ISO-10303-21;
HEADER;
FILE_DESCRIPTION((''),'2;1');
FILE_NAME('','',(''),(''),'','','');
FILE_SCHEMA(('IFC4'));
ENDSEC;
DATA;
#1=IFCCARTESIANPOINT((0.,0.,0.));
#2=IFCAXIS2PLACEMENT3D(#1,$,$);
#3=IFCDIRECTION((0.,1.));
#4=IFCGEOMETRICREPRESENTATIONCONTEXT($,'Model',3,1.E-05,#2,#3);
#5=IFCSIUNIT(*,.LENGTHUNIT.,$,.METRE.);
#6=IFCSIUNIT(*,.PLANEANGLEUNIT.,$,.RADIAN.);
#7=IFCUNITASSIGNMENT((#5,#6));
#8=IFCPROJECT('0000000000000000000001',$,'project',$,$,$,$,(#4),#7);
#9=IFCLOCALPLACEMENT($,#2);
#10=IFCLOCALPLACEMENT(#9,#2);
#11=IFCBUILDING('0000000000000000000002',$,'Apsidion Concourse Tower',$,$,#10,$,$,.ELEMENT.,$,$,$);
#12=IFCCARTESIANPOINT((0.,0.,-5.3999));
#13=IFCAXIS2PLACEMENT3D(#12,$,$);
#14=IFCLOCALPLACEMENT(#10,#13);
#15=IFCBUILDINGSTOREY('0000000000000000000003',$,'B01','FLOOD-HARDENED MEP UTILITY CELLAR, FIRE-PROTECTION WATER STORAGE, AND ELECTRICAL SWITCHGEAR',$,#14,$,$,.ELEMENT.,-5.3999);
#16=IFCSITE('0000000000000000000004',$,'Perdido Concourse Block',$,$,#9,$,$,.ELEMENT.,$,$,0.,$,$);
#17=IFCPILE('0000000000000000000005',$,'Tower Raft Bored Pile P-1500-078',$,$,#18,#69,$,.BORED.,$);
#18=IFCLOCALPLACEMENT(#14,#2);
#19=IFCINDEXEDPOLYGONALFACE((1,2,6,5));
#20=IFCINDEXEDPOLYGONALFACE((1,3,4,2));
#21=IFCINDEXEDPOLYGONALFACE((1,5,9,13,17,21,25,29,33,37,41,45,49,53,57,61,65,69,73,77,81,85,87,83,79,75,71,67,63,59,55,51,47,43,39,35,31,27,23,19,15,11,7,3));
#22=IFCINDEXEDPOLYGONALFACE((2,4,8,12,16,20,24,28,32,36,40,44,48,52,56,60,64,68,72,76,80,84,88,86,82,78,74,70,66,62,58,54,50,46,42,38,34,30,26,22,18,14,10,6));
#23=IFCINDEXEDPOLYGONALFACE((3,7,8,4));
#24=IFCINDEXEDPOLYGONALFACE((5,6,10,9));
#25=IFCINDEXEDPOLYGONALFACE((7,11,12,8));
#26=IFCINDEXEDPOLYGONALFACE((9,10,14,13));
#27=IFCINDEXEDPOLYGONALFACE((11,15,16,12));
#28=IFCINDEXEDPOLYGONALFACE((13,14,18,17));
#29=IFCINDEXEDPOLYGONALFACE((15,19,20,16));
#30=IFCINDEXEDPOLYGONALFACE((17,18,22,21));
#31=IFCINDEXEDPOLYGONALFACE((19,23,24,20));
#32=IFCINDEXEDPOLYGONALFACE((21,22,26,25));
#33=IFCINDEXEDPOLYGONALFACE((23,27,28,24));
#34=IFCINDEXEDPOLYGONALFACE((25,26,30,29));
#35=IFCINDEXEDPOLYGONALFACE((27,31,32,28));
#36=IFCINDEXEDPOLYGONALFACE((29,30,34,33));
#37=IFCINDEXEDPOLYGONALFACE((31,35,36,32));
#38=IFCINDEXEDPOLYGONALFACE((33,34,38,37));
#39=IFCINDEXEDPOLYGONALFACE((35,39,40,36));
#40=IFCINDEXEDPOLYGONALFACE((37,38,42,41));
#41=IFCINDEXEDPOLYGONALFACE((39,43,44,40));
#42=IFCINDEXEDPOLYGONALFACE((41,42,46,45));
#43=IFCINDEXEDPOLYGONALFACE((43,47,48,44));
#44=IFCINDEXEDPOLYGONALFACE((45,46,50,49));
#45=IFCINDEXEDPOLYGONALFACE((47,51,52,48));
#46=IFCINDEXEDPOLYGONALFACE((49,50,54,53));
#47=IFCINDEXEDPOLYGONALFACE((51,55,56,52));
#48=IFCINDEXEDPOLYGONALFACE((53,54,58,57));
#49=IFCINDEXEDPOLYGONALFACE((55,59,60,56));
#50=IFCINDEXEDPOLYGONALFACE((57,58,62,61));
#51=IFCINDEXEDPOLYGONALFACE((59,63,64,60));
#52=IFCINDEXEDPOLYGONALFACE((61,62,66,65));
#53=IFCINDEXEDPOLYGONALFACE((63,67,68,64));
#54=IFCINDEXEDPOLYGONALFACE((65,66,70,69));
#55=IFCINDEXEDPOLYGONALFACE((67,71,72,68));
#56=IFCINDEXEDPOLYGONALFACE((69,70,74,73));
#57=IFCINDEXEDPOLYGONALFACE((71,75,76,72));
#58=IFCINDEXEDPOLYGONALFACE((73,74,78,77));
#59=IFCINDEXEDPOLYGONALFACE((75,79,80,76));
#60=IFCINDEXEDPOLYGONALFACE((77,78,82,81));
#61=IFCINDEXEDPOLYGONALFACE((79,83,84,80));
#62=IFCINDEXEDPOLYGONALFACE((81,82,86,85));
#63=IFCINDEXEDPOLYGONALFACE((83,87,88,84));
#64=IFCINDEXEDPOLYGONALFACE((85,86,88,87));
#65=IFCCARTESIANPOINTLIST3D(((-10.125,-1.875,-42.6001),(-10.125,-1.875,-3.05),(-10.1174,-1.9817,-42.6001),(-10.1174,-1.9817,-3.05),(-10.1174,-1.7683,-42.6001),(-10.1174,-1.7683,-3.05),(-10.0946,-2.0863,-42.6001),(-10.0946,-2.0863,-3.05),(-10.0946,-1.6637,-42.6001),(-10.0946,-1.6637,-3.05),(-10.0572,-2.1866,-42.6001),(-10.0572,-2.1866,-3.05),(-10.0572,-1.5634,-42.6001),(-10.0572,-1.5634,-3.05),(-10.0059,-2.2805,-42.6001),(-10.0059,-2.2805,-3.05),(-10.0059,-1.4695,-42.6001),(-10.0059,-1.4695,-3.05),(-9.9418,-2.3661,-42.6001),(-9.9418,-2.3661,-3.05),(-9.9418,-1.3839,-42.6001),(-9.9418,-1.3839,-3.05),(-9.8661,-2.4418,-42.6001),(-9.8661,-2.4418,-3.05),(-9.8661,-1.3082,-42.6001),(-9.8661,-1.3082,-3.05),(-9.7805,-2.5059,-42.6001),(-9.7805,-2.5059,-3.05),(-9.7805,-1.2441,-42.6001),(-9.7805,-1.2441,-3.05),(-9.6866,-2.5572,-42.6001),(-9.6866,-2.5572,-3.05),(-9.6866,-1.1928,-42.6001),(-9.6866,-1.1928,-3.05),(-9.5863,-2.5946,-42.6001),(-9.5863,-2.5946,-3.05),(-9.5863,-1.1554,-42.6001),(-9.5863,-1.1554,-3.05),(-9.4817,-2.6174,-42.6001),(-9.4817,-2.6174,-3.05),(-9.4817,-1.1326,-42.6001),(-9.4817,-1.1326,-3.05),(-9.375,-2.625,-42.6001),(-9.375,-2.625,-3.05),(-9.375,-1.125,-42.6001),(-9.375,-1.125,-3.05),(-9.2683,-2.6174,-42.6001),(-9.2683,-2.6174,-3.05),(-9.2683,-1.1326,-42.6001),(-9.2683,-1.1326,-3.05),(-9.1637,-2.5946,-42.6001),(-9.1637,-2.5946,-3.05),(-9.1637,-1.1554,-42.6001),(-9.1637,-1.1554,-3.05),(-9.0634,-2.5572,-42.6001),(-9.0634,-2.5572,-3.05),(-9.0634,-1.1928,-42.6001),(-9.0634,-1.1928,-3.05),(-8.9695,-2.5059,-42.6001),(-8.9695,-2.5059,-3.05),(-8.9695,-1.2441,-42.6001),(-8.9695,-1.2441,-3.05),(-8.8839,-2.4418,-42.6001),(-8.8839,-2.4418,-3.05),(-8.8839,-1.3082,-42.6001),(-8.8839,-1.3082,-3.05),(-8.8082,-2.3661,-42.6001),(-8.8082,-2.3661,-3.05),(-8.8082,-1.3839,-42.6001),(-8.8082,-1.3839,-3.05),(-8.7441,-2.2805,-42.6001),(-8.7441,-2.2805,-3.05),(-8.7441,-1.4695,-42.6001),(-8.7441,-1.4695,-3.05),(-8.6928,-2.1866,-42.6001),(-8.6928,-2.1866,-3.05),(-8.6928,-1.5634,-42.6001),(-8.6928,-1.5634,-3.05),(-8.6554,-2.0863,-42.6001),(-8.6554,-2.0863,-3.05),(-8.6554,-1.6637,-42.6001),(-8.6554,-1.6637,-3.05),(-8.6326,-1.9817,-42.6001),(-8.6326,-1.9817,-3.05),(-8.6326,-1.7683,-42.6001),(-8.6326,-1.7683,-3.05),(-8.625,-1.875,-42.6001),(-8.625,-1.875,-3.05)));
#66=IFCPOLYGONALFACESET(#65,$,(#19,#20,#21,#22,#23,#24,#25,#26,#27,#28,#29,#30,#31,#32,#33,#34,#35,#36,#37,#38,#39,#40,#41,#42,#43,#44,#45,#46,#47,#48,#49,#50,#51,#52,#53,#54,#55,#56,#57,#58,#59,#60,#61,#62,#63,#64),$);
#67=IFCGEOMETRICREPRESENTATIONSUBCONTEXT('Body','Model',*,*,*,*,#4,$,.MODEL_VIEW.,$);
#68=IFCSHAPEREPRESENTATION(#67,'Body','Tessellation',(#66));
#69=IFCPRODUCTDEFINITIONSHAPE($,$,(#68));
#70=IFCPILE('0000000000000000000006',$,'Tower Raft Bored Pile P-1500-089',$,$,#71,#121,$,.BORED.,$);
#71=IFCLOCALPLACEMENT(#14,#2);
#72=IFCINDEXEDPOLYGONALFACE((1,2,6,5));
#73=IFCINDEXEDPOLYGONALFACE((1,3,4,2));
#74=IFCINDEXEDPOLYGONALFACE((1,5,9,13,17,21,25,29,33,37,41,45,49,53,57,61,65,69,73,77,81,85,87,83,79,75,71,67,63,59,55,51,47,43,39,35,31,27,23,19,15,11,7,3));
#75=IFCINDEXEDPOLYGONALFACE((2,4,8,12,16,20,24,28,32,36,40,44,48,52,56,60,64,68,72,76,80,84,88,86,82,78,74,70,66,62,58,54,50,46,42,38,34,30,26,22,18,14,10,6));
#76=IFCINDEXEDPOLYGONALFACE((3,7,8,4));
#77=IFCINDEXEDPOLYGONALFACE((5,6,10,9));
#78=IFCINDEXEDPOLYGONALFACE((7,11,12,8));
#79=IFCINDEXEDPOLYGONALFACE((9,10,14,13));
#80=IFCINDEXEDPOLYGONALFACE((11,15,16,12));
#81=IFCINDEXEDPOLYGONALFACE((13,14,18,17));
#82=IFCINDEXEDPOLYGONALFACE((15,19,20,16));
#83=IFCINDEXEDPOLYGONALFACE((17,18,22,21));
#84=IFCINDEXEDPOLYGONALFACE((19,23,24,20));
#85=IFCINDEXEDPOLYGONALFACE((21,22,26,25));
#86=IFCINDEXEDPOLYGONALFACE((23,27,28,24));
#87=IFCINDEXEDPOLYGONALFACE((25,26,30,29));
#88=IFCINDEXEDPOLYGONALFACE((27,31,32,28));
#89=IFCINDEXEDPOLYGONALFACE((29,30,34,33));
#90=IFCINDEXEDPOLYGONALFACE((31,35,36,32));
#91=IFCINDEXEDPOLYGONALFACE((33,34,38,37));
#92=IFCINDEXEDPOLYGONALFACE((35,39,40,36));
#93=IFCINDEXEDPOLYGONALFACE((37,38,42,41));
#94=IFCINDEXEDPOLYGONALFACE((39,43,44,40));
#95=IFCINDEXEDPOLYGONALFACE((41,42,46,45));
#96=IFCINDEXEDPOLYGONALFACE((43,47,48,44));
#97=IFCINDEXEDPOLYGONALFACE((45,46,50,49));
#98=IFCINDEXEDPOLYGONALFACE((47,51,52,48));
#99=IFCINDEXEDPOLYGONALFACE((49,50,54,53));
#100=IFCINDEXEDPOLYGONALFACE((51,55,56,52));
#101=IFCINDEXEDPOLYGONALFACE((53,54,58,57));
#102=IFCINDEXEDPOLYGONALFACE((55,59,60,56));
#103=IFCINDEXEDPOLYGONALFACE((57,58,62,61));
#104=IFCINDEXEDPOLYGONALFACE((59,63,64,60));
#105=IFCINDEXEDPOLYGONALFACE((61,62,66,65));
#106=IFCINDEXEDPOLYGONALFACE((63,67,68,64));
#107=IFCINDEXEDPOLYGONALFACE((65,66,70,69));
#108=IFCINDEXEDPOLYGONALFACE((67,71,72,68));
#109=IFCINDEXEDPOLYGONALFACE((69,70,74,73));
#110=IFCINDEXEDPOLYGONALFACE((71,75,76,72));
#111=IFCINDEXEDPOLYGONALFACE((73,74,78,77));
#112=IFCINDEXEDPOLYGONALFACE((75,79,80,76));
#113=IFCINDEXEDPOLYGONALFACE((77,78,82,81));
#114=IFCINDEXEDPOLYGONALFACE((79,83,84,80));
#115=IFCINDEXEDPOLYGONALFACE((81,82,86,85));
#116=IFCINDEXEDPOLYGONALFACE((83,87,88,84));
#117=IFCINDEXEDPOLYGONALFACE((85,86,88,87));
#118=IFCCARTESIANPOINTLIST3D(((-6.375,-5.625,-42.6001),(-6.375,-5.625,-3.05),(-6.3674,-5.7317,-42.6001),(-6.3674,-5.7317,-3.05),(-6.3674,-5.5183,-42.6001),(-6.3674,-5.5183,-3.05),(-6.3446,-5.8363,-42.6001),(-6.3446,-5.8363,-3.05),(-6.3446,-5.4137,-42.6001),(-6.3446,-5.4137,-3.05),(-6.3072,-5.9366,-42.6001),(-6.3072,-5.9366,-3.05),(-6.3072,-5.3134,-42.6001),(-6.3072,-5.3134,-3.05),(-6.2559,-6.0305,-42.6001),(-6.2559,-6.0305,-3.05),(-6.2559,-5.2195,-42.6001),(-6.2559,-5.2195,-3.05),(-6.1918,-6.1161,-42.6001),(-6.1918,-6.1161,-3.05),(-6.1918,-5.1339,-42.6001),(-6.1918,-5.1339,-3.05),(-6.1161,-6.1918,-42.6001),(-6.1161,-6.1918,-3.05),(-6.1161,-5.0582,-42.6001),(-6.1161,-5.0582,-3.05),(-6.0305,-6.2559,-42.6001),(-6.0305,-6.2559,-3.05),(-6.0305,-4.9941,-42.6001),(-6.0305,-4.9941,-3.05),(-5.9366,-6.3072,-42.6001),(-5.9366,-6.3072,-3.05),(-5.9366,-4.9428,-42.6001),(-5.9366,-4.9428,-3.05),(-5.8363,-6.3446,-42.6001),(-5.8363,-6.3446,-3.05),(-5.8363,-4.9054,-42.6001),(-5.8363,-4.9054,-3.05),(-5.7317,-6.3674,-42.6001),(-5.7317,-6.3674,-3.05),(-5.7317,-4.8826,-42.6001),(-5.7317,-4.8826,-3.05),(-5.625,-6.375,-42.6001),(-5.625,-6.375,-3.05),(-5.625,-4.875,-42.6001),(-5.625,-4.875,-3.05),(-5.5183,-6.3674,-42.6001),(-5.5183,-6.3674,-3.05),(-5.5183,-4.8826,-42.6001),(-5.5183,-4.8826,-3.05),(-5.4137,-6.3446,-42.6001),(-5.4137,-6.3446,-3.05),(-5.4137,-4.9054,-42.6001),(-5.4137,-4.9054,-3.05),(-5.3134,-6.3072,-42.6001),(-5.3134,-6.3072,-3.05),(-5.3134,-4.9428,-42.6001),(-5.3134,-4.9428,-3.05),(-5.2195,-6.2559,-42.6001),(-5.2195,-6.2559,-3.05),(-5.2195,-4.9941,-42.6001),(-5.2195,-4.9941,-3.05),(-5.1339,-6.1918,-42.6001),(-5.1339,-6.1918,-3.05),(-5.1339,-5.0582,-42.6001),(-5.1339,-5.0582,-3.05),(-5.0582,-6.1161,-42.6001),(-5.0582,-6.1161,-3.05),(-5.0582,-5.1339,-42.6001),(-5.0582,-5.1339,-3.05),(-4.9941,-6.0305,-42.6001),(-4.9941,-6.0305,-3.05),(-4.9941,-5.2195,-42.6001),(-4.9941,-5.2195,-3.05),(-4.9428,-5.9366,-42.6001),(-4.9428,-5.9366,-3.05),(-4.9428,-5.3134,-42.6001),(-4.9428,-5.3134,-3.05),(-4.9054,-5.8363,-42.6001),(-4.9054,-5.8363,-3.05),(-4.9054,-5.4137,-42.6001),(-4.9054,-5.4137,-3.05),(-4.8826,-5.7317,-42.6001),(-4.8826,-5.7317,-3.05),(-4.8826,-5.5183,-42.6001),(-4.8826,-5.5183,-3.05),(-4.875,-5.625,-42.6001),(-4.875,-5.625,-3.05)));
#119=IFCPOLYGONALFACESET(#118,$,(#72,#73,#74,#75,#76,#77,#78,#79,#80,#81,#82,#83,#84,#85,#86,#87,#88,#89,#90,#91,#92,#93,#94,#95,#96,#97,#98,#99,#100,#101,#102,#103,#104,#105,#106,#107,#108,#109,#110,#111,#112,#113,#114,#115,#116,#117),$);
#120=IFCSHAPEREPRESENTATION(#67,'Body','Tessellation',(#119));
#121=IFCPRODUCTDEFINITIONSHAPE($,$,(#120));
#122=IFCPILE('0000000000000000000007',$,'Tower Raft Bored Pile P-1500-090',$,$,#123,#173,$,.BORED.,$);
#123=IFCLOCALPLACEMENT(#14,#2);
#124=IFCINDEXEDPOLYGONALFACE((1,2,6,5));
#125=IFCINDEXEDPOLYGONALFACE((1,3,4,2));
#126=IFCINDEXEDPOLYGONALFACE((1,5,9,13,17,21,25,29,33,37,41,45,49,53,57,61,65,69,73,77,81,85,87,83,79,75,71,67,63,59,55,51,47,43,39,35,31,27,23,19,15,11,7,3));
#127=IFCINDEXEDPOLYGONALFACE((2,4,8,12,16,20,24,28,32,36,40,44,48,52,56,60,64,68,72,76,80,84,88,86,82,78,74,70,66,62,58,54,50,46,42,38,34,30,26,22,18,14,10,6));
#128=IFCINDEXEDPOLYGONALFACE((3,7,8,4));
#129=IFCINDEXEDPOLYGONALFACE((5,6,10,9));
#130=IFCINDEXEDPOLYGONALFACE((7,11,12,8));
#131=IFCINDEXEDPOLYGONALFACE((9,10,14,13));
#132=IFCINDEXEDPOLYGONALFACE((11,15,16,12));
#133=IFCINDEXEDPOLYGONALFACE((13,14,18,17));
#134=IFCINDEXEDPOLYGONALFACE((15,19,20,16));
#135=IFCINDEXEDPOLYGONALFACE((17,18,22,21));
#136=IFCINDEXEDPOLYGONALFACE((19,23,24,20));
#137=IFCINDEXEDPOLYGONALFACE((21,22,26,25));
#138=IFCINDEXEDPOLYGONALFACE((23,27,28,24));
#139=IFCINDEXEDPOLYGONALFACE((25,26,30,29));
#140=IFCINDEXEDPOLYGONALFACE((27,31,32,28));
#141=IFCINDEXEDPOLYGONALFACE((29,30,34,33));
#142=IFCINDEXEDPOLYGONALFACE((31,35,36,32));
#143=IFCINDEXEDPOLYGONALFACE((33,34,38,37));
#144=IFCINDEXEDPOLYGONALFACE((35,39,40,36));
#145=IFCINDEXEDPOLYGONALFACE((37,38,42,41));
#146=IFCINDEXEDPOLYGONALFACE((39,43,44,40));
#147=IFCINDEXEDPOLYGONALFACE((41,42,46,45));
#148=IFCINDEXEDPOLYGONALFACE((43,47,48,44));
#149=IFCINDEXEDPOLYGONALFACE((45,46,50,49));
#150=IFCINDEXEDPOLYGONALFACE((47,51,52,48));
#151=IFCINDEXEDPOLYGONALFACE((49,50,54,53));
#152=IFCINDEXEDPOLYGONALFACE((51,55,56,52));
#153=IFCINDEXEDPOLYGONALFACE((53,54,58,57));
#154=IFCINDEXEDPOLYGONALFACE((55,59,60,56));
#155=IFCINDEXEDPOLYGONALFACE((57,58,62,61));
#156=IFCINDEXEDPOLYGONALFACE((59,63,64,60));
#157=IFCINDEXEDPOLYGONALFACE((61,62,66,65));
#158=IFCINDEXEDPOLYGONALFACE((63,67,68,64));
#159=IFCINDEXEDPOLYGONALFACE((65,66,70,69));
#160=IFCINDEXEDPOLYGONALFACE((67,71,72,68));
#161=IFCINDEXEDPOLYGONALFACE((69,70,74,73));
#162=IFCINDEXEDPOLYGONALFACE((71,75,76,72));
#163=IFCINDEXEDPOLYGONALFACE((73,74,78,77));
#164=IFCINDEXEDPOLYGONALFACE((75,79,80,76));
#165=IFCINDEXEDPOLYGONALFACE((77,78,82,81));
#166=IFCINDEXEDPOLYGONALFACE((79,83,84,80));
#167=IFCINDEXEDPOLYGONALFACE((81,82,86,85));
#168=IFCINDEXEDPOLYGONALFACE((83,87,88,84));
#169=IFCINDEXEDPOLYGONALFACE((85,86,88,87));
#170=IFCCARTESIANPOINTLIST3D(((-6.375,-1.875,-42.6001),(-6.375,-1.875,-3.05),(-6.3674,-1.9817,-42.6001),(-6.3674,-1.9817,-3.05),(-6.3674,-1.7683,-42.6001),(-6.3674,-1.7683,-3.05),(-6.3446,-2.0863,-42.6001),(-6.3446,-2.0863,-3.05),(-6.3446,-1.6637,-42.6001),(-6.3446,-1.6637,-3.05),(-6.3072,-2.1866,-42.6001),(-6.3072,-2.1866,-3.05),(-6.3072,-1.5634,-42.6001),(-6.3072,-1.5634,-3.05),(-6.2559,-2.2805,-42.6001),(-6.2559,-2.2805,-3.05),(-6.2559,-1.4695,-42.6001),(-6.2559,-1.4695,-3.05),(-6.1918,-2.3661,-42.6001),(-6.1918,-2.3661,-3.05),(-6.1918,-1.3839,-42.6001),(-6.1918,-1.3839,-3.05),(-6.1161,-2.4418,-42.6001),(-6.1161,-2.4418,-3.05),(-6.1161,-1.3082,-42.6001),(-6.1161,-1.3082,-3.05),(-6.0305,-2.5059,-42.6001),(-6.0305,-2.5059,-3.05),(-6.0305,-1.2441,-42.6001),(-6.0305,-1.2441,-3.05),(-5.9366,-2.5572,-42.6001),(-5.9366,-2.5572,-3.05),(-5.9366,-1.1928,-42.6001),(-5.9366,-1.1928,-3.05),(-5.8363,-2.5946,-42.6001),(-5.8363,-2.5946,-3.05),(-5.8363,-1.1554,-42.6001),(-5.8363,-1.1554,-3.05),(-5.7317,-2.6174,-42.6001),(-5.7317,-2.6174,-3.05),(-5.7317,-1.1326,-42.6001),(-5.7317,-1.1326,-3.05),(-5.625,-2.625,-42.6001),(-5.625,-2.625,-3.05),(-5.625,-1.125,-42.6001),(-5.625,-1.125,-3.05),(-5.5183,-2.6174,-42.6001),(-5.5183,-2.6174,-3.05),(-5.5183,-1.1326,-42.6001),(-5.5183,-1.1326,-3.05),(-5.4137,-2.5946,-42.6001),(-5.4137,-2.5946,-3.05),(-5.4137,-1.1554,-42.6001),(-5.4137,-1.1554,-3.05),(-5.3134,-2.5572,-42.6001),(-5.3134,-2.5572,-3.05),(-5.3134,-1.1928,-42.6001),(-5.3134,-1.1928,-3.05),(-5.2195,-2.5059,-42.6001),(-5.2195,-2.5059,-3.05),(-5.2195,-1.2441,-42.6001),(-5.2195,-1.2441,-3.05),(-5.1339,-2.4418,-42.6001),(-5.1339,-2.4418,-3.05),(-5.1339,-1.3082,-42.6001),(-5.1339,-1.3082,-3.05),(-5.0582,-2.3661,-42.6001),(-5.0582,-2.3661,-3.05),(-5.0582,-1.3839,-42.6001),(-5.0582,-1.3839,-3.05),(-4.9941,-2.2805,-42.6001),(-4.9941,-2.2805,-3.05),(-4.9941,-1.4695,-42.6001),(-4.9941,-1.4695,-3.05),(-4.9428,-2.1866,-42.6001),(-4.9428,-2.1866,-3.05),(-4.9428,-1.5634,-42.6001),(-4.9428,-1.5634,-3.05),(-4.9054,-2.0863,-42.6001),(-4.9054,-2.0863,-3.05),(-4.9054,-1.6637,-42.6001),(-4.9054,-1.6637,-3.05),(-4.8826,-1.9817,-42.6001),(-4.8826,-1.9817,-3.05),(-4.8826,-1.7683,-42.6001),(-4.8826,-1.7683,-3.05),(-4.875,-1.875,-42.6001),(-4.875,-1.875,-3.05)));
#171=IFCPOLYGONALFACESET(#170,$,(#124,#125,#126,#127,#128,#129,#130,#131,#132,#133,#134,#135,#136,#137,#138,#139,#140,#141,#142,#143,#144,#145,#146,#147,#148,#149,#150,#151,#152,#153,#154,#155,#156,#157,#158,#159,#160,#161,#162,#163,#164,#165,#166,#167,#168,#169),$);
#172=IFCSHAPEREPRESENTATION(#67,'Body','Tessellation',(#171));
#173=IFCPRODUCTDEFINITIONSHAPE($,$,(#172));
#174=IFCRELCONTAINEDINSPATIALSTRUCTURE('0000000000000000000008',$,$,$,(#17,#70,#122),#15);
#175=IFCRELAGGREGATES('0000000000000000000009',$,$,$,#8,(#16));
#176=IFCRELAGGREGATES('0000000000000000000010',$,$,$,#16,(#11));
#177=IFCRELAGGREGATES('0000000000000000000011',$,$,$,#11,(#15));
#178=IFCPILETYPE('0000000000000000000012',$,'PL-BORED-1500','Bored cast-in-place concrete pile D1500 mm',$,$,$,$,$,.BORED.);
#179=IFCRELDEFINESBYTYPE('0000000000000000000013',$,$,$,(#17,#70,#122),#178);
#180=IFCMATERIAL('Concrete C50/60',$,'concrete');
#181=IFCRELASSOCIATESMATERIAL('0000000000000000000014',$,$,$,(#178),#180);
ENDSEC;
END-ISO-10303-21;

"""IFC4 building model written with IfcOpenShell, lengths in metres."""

from ifc_helpers import new_model, si_unit, direction, frame, origin, origin_2d, place, context, subcontext, project, spatial, circle, extrude, material, material_profile, profile_set, type_object, element, save


model = new_model("IFC4")

# Units and contexts
model_context = context("Model", 3, precision=1e-05, world=origin(), true_north=direction((0.0, 1.0)))
body_context = subcontext(model_context, "Body", "Model", "MODEL_VIEW")
ifc_project = project(units=[si_unit("LENGTHUNIT", "METRE"), si_unit("PLANEANGLEUNIT", "RADIAN")], contexts=[model_context])

# Site, building, storey
site_placement = place(None, origin())
site = spatial("IfcSite", under=ifc_project, at=site_placement, Name="Perdido Concourse Block", CompositionType="ELEMENT", RefElevation=0.0)
building_placement = place(site_placement, origin())
building = spatial("IfcBuilding", under=site, at=building_placement, Name="Apsidion Concourse Tower", CompositionType="ELEMENT")
storey_placement = place(building_placement, frame((0.0, 0.0, -5.3999)))
storey = spatial("IfcBuildingStorey", under=building, at=storey_placement, Name="B01", Description="FLOOD-HARDENED MEP UTILITY CELLAR, FIRE-PROTECTION WATER STORAGE, AND ELECTRICAL SWITCHGEAR", CompositionType="ELEMENT", Elevation=-5.3999)

# Shared definitions
ifc_material_1 = material(Name="Concrete C50/60", Category="concrete")

# Piles
ifc_material_profile_1 = material_profile(ifc_material_1, circle(Radius=0.75, at=origin_2d()), Name="BORED PILE D1500")
ifc_profile_set_1 = profile_set([ifc_material_profile_1], Name="Concrete C50/60")
pile_type = type_object("IfcPileType", Name="PL-BORED-1500", Description="Bored cast-in-place concrete pile D1500 mm", PredefinedType="BORED", material=ifc_profile_set_1)
for number, where, z_axis, x_axis, name in (
    (1, (-9.375, -1.875, -3.05), (0.0, 0.0, -1.0), (1.0, 0.0, 0.0), "Tower Raft Bored Pile P-1500-078"),
    (2, (-5.625, -5.625, -3.05), (0.0, 0.0, -1.0), (1.0, 0.0, 0.0), "Tower Raft Bored Pile P-1500-089"),
    (3, (-5.625, -1.875, -3.05), (0.0, 0.0, -1.0), (1.0, 0.0, 0.0), "Tower Raft Bored Pile P-1500-090"),
):
    element("IfcPile", number, at=place(storey_placement, frame(where, z_axis=z_axis, x_axis=x_axis)), inside=storey, type_object=pile_type, Name=name, PredefinedType="BORED", context=body_context, shape_type="SweptSolid", body=[
        extrude(circle(Radius=0.75, at=origin_2d()), origin(), (0.0, 0.0, 1.0), 39.55),
    ])

save(model, "model.ifc")
